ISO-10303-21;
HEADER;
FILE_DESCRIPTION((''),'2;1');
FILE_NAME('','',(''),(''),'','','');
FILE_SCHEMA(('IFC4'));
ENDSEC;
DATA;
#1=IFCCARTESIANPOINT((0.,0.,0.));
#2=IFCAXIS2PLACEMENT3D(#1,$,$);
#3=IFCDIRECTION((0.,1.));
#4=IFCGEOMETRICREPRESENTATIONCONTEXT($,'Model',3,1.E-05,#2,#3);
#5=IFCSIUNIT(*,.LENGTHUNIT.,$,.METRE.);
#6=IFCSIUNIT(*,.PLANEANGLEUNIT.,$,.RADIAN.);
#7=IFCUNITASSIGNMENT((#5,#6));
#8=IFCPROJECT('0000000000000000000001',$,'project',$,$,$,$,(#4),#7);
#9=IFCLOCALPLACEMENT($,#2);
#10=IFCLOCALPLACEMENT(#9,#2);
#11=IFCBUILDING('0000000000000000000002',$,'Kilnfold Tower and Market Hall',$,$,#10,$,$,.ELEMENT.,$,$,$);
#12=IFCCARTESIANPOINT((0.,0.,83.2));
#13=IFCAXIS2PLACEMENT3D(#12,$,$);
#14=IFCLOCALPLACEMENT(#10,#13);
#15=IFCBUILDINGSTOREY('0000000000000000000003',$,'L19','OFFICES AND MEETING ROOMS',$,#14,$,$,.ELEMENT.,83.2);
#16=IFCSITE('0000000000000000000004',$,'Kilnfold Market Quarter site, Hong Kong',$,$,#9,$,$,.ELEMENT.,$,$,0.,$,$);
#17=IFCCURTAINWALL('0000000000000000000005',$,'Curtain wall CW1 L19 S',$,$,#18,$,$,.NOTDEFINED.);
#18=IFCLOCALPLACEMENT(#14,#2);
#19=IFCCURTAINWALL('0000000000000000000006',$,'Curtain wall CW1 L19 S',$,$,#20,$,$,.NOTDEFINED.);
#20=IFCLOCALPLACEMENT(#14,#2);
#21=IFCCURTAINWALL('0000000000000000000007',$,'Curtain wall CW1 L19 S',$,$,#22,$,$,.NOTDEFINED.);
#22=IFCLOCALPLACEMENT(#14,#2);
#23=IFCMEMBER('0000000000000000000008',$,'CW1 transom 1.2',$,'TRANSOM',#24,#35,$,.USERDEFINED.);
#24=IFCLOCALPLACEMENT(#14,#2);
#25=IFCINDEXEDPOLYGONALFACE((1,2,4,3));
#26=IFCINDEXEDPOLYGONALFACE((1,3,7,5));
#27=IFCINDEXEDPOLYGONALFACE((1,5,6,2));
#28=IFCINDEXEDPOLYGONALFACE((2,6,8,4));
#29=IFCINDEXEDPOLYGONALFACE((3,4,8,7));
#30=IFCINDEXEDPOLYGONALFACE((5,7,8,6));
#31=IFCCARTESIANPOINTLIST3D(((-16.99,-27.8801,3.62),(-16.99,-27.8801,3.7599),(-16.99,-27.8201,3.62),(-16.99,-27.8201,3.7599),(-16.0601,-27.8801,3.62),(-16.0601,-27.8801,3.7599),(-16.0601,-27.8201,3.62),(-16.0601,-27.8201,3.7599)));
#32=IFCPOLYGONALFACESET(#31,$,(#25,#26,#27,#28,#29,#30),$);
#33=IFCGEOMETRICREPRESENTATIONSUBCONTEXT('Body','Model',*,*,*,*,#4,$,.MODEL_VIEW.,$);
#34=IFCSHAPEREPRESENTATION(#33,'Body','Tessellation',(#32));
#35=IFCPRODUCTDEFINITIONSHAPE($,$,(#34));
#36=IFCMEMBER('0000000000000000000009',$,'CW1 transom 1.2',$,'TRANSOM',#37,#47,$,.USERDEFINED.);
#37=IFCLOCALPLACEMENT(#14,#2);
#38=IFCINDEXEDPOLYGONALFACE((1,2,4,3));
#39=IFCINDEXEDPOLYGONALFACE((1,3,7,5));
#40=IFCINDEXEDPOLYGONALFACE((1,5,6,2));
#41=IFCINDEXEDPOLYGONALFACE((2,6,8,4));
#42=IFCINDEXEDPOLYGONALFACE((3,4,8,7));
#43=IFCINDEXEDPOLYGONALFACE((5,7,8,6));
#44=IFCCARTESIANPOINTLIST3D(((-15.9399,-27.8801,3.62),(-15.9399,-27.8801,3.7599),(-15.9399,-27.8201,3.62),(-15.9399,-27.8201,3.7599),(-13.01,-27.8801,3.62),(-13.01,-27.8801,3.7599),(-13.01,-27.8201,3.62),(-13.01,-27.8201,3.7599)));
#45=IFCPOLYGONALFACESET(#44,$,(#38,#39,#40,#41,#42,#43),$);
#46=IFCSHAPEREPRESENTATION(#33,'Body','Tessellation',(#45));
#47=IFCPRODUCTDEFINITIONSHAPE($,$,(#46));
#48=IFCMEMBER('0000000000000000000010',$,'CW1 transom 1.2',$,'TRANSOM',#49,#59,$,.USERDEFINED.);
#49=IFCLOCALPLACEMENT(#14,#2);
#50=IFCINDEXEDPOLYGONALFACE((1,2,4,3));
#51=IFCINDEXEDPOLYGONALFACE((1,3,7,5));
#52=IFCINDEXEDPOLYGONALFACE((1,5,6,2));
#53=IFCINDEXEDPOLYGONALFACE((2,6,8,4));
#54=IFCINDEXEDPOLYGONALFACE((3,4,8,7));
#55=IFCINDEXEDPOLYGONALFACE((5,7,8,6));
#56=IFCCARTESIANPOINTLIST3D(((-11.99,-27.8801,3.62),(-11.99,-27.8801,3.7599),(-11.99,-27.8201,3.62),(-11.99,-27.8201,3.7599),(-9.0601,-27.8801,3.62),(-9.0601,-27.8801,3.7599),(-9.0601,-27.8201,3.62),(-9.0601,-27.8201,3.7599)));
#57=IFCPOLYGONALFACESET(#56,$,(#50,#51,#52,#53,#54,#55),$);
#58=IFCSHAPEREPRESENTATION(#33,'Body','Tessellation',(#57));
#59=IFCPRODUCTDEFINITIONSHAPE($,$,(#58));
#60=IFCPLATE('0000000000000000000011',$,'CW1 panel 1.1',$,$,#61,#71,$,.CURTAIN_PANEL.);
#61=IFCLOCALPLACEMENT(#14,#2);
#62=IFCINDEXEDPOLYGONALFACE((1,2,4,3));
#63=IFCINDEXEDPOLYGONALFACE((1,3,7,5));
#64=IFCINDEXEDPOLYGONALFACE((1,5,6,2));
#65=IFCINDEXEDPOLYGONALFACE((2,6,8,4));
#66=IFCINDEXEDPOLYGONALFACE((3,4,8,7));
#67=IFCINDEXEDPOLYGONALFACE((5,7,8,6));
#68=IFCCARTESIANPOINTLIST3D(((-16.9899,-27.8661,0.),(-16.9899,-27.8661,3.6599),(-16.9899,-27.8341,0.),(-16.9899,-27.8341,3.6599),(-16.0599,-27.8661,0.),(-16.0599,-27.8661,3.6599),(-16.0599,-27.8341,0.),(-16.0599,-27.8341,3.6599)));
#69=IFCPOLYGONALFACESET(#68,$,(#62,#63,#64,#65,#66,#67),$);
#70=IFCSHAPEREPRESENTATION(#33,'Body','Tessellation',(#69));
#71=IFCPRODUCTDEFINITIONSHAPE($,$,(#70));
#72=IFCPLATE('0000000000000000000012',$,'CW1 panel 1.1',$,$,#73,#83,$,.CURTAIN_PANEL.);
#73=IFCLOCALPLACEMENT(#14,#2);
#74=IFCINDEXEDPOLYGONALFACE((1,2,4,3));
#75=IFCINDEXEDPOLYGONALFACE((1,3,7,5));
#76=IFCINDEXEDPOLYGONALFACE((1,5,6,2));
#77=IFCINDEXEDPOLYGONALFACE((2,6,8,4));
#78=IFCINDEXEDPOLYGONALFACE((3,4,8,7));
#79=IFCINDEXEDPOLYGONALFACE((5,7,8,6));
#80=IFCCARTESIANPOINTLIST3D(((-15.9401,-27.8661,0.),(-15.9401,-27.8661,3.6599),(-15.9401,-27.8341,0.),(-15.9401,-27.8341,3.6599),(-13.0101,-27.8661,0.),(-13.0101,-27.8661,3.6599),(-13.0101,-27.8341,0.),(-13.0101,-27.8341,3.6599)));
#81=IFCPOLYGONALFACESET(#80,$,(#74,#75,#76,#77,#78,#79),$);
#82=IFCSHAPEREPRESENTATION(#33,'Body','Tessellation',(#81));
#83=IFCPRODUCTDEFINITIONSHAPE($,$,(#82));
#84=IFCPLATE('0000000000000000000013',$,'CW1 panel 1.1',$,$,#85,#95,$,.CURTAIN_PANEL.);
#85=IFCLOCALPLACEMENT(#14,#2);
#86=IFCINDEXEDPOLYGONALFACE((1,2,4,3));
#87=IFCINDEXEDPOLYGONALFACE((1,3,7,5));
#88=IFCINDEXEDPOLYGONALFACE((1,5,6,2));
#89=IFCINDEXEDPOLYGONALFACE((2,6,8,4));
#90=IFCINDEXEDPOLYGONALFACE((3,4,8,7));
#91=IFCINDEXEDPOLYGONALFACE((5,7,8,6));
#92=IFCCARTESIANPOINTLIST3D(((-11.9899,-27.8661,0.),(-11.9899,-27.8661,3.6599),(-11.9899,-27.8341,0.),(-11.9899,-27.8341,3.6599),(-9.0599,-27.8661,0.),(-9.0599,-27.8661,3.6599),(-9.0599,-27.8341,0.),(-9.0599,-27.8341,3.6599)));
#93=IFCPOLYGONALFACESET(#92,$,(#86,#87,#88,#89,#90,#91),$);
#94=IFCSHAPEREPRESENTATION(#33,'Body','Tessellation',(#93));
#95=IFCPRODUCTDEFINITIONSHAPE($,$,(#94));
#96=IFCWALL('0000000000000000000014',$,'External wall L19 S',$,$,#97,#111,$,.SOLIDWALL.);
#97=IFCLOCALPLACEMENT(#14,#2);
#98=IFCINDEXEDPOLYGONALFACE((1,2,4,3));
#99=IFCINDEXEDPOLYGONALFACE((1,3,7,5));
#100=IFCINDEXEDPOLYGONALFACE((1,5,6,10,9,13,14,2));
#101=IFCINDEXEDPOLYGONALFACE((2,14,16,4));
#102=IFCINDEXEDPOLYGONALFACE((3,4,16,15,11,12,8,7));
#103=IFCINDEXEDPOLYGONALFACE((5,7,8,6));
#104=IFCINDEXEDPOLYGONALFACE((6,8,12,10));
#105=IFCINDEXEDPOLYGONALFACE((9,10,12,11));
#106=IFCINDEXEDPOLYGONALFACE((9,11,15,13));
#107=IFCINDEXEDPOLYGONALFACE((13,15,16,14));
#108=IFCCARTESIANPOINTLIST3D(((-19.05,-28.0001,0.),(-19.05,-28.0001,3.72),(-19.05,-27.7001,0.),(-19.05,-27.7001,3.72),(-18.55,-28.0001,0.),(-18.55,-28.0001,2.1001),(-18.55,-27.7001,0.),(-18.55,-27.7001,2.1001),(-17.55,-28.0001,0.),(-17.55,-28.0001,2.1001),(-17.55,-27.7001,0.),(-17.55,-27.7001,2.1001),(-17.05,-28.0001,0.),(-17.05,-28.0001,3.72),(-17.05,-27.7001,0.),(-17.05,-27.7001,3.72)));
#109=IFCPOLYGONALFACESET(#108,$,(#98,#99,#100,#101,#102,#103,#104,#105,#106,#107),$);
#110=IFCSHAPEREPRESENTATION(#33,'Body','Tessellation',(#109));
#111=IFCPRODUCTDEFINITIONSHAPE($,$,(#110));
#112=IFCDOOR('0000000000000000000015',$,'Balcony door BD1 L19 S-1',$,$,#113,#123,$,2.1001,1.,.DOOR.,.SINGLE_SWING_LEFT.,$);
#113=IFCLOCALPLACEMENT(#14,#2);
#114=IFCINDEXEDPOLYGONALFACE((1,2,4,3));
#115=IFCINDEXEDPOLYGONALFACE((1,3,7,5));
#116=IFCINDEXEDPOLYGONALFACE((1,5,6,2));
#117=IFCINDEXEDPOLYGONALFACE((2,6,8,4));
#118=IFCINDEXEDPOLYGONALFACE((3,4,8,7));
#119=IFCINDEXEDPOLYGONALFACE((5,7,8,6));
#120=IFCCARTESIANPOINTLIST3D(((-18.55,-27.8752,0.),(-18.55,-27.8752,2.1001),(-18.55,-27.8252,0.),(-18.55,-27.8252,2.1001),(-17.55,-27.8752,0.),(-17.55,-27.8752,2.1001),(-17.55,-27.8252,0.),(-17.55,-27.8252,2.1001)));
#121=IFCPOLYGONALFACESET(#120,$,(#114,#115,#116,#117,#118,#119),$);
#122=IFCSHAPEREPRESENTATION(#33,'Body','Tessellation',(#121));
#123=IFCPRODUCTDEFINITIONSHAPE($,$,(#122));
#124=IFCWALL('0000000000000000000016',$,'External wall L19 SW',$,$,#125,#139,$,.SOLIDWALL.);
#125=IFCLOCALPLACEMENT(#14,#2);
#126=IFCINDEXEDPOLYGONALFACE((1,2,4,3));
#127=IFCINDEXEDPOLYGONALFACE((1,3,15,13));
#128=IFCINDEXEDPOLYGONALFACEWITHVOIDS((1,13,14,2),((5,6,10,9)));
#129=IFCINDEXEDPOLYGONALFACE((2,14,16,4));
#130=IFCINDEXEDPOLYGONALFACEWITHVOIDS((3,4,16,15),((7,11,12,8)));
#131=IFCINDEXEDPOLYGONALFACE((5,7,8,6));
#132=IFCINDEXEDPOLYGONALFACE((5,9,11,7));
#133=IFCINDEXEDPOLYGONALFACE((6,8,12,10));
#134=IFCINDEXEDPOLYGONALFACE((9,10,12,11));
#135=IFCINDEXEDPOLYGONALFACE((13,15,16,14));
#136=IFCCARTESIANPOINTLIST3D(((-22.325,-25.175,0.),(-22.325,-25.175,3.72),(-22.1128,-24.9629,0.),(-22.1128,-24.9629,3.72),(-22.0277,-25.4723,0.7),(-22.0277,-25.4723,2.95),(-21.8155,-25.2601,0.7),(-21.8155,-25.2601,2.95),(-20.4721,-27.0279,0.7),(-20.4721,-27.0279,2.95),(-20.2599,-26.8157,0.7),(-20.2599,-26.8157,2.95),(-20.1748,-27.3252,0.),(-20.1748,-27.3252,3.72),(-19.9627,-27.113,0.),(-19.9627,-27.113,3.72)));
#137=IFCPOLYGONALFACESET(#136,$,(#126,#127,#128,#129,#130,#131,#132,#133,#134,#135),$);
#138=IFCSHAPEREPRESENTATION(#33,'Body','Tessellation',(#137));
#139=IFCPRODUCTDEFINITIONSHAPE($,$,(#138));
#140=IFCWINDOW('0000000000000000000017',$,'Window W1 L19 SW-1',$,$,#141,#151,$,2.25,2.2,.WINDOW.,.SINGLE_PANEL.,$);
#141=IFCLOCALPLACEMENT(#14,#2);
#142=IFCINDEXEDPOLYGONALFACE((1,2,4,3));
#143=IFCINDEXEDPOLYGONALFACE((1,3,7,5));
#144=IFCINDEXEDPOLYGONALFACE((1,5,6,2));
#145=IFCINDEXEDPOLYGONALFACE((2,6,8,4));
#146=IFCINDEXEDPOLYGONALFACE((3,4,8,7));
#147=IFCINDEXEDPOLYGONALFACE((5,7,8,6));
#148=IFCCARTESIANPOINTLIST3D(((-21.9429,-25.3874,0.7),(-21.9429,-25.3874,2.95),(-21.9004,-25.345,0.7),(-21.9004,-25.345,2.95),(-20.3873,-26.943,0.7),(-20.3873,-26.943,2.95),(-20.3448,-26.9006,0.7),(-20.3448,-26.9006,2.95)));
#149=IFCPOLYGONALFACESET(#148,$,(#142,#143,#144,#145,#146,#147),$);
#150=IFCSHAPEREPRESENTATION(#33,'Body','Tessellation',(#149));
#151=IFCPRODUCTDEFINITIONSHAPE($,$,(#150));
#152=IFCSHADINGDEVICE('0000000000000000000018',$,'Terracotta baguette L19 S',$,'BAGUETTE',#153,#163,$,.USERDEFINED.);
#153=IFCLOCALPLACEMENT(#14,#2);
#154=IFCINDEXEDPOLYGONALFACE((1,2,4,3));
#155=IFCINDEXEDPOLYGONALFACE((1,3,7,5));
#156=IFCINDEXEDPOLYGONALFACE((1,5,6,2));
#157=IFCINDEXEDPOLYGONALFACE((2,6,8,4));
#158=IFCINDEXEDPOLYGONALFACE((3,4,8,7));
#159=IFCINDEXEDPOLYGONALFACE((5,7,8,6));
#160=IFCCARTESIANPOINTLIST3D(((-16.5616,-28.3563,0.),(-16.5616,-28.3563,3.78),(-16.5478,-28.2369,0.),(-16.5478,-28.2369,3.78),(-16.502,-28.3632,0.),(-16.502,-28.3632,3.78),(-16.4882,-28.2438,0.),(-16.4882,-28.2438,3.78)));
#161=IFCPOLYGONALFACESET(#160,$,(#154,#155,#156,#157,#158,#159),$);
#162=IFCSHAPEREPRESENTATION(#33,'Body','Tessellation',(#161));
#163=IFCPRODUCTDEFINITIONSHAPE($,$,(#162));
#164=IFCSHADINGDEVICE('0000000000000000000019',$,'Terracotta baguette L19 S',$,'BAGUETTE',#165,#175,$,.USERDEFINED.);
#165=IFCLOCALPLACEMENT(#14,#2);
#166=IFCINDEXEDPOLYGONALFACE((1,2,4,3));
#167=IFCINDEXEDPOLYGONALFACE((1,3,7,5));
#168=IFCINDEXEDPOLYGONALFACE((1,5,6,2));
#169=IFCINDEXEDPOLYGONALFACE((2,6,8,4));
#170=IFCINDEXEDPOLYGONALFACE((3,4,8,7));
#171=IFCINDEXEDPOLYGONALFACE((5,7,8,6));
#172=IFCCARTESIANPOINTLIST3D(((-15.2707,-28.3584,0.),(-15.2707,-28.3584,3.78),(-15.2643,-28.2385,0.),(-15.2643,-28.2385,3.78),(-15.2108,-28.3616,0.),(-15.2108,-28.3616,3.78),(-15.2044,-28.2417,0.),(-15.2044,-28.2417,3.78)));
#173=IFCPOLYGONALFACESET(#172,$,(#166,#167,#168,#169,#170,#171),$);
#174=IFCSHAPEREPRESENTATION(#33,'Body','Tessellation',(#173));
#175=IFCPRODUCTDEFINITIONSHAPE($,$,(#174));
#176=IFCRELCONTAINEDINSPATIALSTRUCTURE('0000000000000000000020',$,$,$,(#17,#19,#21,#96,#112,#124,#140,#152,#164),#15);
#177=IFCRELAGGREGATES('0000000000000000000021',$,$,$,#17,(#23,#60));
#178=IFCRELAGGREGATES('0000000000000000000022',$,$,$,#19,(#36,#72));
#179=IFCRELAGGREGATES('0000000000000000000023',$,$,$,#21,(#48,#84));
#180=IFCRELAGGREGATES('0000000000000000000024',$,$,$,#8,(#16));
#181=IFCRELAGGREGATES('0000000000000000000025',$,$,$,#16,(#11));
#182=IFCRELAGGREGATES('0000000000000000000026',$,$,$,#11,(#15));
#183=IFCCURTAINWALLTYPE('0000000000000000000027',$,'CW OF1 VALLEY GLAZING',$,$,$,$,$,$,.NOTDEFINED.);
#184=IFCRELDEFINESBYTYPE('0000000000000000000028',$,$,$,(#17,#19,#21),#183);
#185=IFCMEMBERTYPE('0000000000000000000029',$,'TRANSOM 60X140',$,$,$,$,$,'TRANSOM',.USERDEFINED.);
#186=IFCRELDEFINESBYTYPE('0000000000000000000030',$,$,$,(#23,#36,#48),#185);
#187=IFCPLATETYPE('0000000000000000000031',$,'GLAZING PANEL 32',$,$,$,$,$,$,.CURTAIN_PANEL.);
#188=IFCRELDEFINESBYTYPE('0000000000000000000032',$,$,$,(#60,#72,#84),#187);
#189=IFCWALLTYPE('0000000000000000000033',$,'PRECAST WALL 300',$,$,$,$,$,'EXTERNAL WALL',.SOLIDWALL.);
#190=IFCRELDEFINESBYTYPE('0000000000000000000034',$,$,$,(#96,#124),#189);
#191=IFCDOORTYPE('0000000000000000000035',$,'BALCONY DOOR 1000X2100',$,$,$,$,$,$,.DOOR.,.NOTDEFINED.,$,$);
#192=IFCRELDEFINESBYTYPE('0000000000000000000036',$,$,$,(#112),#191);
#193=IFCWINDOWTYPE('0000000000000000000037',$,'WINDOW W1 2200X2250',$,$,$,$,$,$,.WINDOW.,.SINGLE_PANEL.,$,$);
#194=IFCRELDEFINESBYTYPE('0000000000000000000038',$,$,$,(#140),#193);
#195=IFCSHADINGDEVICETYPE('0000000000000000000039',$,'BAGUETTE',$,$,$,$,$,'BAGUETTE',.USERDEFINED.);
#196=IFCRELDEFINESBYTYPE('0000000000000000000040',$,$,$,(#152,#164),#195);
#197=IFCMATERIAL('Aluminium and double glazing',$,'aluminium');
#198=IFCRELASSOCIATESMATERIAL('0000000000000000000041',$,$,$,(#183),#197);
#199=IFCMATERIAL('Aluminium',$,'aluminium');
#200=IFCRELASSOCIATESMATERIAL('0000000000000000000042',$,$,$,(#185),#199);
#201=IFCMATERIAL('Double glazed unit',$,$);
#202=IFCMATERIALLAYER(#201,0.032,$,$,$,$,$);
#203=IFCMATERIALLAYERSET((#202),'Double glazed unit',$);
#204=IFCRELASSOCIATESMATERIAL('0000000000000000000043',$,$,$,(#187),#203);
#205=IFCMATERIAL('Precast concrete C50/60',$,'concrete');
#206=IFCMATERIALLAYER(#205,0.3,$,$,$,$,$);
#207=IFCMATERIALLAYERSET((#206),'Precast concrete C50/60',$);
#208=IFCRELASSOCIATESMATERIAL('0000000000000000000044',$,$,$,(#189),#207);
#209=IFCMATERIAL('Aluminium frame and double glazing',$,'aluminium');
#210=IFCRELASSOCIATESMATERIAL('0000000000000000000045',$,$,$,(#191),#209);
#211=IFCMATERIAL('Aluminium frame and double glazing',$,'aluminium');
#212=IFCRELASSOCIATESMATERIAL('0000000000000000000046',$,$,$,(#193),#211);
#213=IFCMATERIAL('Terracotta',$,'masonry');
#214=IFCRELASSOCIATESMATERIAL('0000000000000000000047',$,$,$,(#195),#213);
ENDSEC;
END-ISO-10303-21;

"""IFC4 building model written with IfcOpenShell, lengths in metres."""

from ifc_helpers import new_model, si_unit, direction, frame, frame_2d, origin, origin_2d, place, context, subcontext, project, spatial, rectangle, extrude, source, transform, mapped, material, layer, layer_set, material_profile, profile_set, type_object, element, fill, aggregate, save


model = new_model("IFC4")

# Units and contexts
model_context = context("Model", 3, precision=1e-05, world=origin(), true_north=direction((0.0, 1.0)))
body_context = subcontext(model_context, "Body", "Model", "MODEL_VIEW")
ifc_project = project(units=[si_unit("LENGTHUNIT", "METRE"), si_unit("PLANEANGLEUNIT", "RADIAN")], contexts=[model_context])

# Site, building, storey
site_placement = place(None, origin())
site = spatial("IfcSite", under=ifc_project, at=site_placement, Name="Kilnfold Market Quarter site, Hong Kong", CompositionType="ELEMENT", RefElevation=0.0)
building_placement = place(site_placement, origin())
building = spatial("IfcBuilding", under=site, at=building_placement, Name="Kilnfold Tower and Market Hall", CompositionType="ELEMENT")
storey_placement = place(building_placement, frame((0.0, 0.0, 83.2)))
storey = spatial("IfcBuildingStorey", under=building, at=storey_placement, Name="L19", Description="OFFICES AND MEETING ROOMS", CompositionType="ELEMENT", Elevation=83.2)

# Curtain walls
ifc_material_1 = material(Name="Aluminium and double glazing", Category="aluminium")
curtain_wall_type = type_object("IfcCurtainWallType", Name="CW OF1 VALLEY GLAZING", PredefinedType="NOTDEFINED", material=ifc_material_1)
curtain_wall_1_placement = place(storey_placement, origin())
curtain_wall_1 = element("IfcCurtainWall", 1, at=curtain_wall_1_placement, inside=storey, type_object=curtain_wall_type, Name="Curtain wall CW1 L19 S", PredefinedType="NOTDEFINED")
curtain_wall_2_placement = place(storey_placement, origin())
curtain_wall_2 = element("IfcCurtainWall", 2, at=curtain_wall_2_placement, inside=storey, type_object=curtain_wall_type, Name="Curtain wall CW1 L19 S", PredefinedType="NOTDEFINED")

# Curtain wall
curtain_wall_3_placement = place(storey_placement, origin())
curtain_wall_3 = element("IfcCurtainWall", 3, at=curtain_wall_3_placement, inside=storey, type_object=curtain_wall_type, Name="Curtain wall CW1 L19 S", PredefinedType="NOTDEFINED")

# Members
ifc_material_2 = material(Name="Aluminium", Category="aluminium")
ifc_material_profile_1 = material_profile(ifc_material_2, rectangle(XDim=0.0601, YDim=0.1399, at=origin_2d()), Name="TRANSOM 60x140")
ifc_profile_set_1 = profile_set([ifc_material_profile_1], Name="Aluminium")
member_type_1 = type_object("IfcMemberType", Name="TRANSOM 60X140", ElementType="TRANSOM", PredefinedType="USERDEFINED", material=ifc_profile_set_1)
shared_shape_1 = source(origin(), body_context, "Body", "SweptSolid", [
    extrude(rectangle(XDim=0.0601, YDim=0.1399, at=origin_2d()), origin(), (0.0, 0.0, 1.0), 0.9299),
])
member_1_placement = place(storey_placement, frame((-16.99, -27.8501, 3.6899), z_axis=(1.0, 0.0, 0.0), x_axis=(0.0, 1.0, 0.0)))
member_1 = element("IfcMember", 4, at=member_1_placement, type_object=member_type_1, Name="CW1 transom 1.2", ObjectType="TRANSOM", PredefinedType="USERDEFINED", context=body_context, shape_type="MappedRepresentation", body=[
    mapped(shared_shape_1, transform((0.0, 0.0, 0.0))),
])
shared_shape_2 = source(origin(), body_context, "Body", "SweptSolid", [
    extrude(rectangle(XDim=0.0601, YDim=0.1399, at=origin_2d()), origin(), (0.0, 0.0, 1.0), 2.9299),
])
member_2_placement = place(storey_placement, frame((-15.9399, -27.8501, 3.6899), z_axis=(1.0, 0.0, 0.0), x_axis=(0.0, 1.0, 0.0)))
member_2 = element("IfcMember", 5, at=member_2_placement, type_object=member_type_1, Name="CW1 transom 1.2", ObjectType="TRANSOM", PredefinedType="USERDEFINED", context=body_context, shape_type="MappedRepresentation", body=[
    mapped(shared_shape_2, transform((0.0, 0.0, 0.0))),
])
member_3_placement = place(storey_placement, frame((-11.99, -27.8501, 3.6899), z_axis=(1.0, 0.0, 0.0), x_axis=(0.0, 1.0, 0.0)))
member_3 = element("IfcMember", 6, at=member_3_placement, type_object=member_type_1, Name="CW1 transom 1.2", ObjectType="TRANSOM", PredefinedType="USERDEFINED", context=body_context, shape_type="MappedRepresentation", body=[
    mapped(shared_shape_2, transform((0.0, 0.0, 0.0))),
])

# Plates
ifc_material_3 = material(Name="Double glazed unit")
ifc_layer_1 = layer(ifc_material_3, 0.032)
ifc_layer_set_1 = layer_set([ifc_layer_1], Name="Double glazed unit")
plate_type = type_object("IfcPlateType", Name="GLAZING PANEL 32", PredefinedType="CURTAIN_PANEL", material=ifc_layer_set_1)
shared_shape_3 = source(origin(), body_context, "Body", "SweptSolid", [
    extrude(rectangle(XDim=0.9299, YDim=0.032, at=origin_2d()), origin(), (0.0, 0.0, 1.0), 3.6599),
])
plate_1_placement = place(storey_placement, frame((-16.5249, -27.8501, 0.0), z_axis=(0.0, 0.0, 1.0), x_axis=(1.0, 0.0, 0.0)))
plate_1 = element("IfcPlate", 7, at=plate_1_placement, type_object=plate_type, Name="CW1 panel 1.1", PredefinedType="CURTAIN_PANEL", context=body_context, shape_type="MappedRepresentation", body=[
    mapped(shared_shape_3, transform((0.0, 0.0, 0.0))),
])
aggregate(curtain_wall_1, [member_1, plate_1])
shared_shape_4 = source(origin(), body_context, "Body", "SweptSolid", [
    extrude(rectangle(XDim=2.9299, YDim=0.032, at=origin_2d()), origin(), (0.0, 0.0, 1.0), 3.6599),
])
plate_2_placement = place(storey_placement, frame((-14.4751, -27.8501, 0.0), z_axis=(0.0, 0.0, 1.0), x_axis=(1.0, 0.0, 0.0)))
plate_2 = element("IfcPlate", 8, at=plate_2_placement, type_object=plate_type, Name="CW1 panel 1.1", PredefinedType="CURTAIN_PANEL", context=body_context, shape_type="MappedRepresentation", body=[
    mapped(shared_shape_4, transform((0.0, 0.0, 0.0))),
])
aggregate(curtain_wall_2, [member_2, plate_2])
plate_3_placement = place(storey_placement, frame((-10.5249, -27.8501, 0.0), z_axis=(0.0, 0.0, 1.0), x_axis=(1.0, 0.0, 0.0)))
plate_3 = element("IfcPlate", 9, at=plate_3_placement, type_object=plate_type, Name="CW1 panel 1.1", PredefinedType="CURTAIN_PANEL", context=body_context, shape_type="MappedRepresentation", body=[
    mapped(shared_shape_4, transform((0.0, 0.0, 0.0))),
])
aggregate(curtain_wall_3, [member_3, plate_3])

# Wall, opening, door
ifc_material_4 = material(Name="Precast concrete C50/60", Category="concrete")
ifc_layer_2 = layer(ifc_material_4, 0.3)
ifc_layer_set_2 = layer_set([ifc_layer_2], Name="Precast concrete C50/60")
wall_type = type_object("IfcWallType", Name="PRECAST WALL 300", ElementType="EXTERNAL WALL", PredefinedType="SOLIDWALL", material=ifc_layer_set_2)
shared_shape_5 = source(origin(), body_context, "Body", "SweptSolid", [
    extrude(rectangle(XDim=2.0, YDim=0.3, at=frame_2d((1.0, 0.0))), origin(), (0.0, 0.0, 1.0), 3.72),
])
wall_1_placement = place(storey_placement, frame((-19.05, -27.8501, 0.0), z_axis=(0.0, 0.0, 1.0), x_axis=(1.0, 0.0, 0.0)))
wall_1 = element("IfcWall", 10, at=wall_1_placement, inside=storey, type_object=wall_type, Name="External wall L19 S", PredefinedType="SOLIDWALL", context=body_context, shape_type="MappedRepresentation", body=[
    mapped(shared_shape_5, transform((0.0, 0.0, 0.0))),
])
opening_1_placement = place(wall_1_placement, frame((0.5, 0.0, 0.0)))
opening_1 = element("IfcOpeningElement", 11, at=opening_1_placement, cuts=wall_1, PredefinedType="OPENING", context=body_context, shape_type="SweptSolid", body=[
    extrude(rectangle(XDim=1.0, YDim=2.1001, at=frame_2d((0.5, 1.05))), frame((0.0, 0.1602, 0.0), z_axis=(0.0, -1.0, 0.0), x_axis=(1.0, 0.0, 0.0)), (0.0, 0.0, 1.0), 0.3201),
])
ifc_material_5 = material(Name="Aluminium frame and double glazing", Category="aluminium")
door_type = type_object("IfcDoorType", Name="BALCONY DOOR 1000X2100", OperationType="NOTDEFINED", PredefinedType="DOOR", material=ifc_material_5)
door_placement = place(opening_1_placement, origin())
door = element("IfcDoor", 12, at=door_placement, inside=storey, type_object=door_type, Name="Balcony door BD1 L19 S-1", OperationType="SINGLE_SWING_LEFT", OverallHeight=2.1001, OverallWidth=1.0, PredefinedType="DOOR", context=body_context, shape_type="SweptSolid", body=[
    extrude(rectangle(XDim=1.0, YDim=2.1001, at=frame_2d((0.5, 1.05))), frame((0.0, 0.0249, 0.0), z_axis=(0.0, -1.0, 0.0), x_axis=(1.0, 0.0, 0.0)), (0.0, 0.0, 1.0), 0.05),
])
fill(opening_1, door)

# Wall, opening, window
shared_shape_6 = source(origin(), body_context, "Body", "SweptSolid", [
    extrude(rectangle(XDim=3.0408, YDim=0.3, at=frame_2d((1.5205, 0.0))), origin(), (0.0, 0.0, 1.0), 3.72),
])
wall_2_placement = place(storey_placement, frame((-22.219, -25.0688, 0.0), z_axis=(0.0, 0.0, 1.0), x_axis=(0.707107, -0.707107, 0.0)))
wall_2 = element("IfcWall", 13, at=wall_2_placement, inside=storey, type_object=wall_type, Name="External wall L19 SW", PredefinedType="SOLIDWALL", context=body_context, shape_type="MappedRepresentation", body=[
    mapped(shared_shape_6, transform((0.0, 0.0, 0.0))),
])
opening_2_placement = place(wall_2_placement, frame((0.4204, 0.0, 0.7)))
opening_2 = element("IfcOpeningElement", 14, at=opening_2_placement, cuts=wall_2, PredefinedType="OPENING", context=body_context, shape_type="SweptSolid", body=[
    extrude(rectangle(XDim=2.2, YDim=2.25, at=frame_2d((1.1001, 1.125))), frame((0.0, 0.1602, 0.0), z_axis=(0.0, -1.0, 0.0), x_axis=(1.0, 0.0, 0.0)), (0.0, 0.0, 1.0), 0.3201),
])
ifc_material_6 = material(Name="Aluminium frame and double glazing", Category="aluminium")
window_type = type_object("IfcWindowType", Name="WINDOW W1 2200X2250", PartitioningType="SINGLE_PANEL", PredefinedType="WINDOW", material=ifc_material_6)
window_placement = place(opening_2_placement, origin())
window = element("IfcWindow", 15, at=window_placement, inside=storey, type_object=window_type, Name="Window W1 L19 SW-1", OverallHeight=2.25, OverallWidth=2.2, PartitioningType="SINGLE_PANEL", PredefinedType="WINDOW", context=body_context, shape_type="SweptSolid", body=[
    extrude(rectangle(XDim=2.2, YDim=2.25, at=frame_2d((1.1001, 1.125))), frame((0.0, 0.03, 0.0), z_axis=(0.0, -1.0, 0.0), x_axis=(1.0, 0.0, 0.0)), (0.0, 0.0, 1.0), 0.0601),
])
fill(opening_2, window)

# Shading devices
ifc_material_7 = material(Name="Terracotta", Category="masonry")
ifc_material_profile_2 = material_profile(ifc_material_7, rectangle(XDim=0.0601, YDim=0.1201, at=origin_2d()), Name="BAG 60x120")
ifc_profile_set_2 = profile_set([ifc_material_profile_2], Name="Terracotta")
shading_device_type = type_object("IfcShadingDeviceType", Name="BAGUETTE", ElementType="BAGUETTE", PredefinedType="USERDEFINED", material=ifc_profile_set_2)
shared_shape_7 = source(origin(), body_context, "Body", "SweptSolid", [
    extrude(rectangle(XDim=0.0601, YDim=0.1201, at=origin_2d()), origin(), (0.0, 0.0, 1.0), 3.78),
])
for number, where, z_axis, x_axis, name in (
    (16, (-16.5249, -28.3, 0.0), (0.0, 0.0, 1.0), (0.993368, -0.11498, 0.0), "Terracotta baguette L19 S"),
    (17, (-15.2375, -28.3, 0.0), (0.0, 0.0, 1.0), (0.998571, -0.053436, 0.0), "Terracotta baguette L19 S"),
):
    element("IfcShadingDevice", number, at=place(storey_placement, frame(where, z_axis=z_axis, x_axis=x_axis)), inside=storey, type_object=shading_device_type, Name=name, ObjectType="BAGUETTE", PredefinedType="USERDEFINED", context=body_context, shape_type="MappedRepresentation", body=[
        mapped(shared_shape_7, transform((0.0, 0.0, 0.0))),
    ])

save(model, "model.ifc")
